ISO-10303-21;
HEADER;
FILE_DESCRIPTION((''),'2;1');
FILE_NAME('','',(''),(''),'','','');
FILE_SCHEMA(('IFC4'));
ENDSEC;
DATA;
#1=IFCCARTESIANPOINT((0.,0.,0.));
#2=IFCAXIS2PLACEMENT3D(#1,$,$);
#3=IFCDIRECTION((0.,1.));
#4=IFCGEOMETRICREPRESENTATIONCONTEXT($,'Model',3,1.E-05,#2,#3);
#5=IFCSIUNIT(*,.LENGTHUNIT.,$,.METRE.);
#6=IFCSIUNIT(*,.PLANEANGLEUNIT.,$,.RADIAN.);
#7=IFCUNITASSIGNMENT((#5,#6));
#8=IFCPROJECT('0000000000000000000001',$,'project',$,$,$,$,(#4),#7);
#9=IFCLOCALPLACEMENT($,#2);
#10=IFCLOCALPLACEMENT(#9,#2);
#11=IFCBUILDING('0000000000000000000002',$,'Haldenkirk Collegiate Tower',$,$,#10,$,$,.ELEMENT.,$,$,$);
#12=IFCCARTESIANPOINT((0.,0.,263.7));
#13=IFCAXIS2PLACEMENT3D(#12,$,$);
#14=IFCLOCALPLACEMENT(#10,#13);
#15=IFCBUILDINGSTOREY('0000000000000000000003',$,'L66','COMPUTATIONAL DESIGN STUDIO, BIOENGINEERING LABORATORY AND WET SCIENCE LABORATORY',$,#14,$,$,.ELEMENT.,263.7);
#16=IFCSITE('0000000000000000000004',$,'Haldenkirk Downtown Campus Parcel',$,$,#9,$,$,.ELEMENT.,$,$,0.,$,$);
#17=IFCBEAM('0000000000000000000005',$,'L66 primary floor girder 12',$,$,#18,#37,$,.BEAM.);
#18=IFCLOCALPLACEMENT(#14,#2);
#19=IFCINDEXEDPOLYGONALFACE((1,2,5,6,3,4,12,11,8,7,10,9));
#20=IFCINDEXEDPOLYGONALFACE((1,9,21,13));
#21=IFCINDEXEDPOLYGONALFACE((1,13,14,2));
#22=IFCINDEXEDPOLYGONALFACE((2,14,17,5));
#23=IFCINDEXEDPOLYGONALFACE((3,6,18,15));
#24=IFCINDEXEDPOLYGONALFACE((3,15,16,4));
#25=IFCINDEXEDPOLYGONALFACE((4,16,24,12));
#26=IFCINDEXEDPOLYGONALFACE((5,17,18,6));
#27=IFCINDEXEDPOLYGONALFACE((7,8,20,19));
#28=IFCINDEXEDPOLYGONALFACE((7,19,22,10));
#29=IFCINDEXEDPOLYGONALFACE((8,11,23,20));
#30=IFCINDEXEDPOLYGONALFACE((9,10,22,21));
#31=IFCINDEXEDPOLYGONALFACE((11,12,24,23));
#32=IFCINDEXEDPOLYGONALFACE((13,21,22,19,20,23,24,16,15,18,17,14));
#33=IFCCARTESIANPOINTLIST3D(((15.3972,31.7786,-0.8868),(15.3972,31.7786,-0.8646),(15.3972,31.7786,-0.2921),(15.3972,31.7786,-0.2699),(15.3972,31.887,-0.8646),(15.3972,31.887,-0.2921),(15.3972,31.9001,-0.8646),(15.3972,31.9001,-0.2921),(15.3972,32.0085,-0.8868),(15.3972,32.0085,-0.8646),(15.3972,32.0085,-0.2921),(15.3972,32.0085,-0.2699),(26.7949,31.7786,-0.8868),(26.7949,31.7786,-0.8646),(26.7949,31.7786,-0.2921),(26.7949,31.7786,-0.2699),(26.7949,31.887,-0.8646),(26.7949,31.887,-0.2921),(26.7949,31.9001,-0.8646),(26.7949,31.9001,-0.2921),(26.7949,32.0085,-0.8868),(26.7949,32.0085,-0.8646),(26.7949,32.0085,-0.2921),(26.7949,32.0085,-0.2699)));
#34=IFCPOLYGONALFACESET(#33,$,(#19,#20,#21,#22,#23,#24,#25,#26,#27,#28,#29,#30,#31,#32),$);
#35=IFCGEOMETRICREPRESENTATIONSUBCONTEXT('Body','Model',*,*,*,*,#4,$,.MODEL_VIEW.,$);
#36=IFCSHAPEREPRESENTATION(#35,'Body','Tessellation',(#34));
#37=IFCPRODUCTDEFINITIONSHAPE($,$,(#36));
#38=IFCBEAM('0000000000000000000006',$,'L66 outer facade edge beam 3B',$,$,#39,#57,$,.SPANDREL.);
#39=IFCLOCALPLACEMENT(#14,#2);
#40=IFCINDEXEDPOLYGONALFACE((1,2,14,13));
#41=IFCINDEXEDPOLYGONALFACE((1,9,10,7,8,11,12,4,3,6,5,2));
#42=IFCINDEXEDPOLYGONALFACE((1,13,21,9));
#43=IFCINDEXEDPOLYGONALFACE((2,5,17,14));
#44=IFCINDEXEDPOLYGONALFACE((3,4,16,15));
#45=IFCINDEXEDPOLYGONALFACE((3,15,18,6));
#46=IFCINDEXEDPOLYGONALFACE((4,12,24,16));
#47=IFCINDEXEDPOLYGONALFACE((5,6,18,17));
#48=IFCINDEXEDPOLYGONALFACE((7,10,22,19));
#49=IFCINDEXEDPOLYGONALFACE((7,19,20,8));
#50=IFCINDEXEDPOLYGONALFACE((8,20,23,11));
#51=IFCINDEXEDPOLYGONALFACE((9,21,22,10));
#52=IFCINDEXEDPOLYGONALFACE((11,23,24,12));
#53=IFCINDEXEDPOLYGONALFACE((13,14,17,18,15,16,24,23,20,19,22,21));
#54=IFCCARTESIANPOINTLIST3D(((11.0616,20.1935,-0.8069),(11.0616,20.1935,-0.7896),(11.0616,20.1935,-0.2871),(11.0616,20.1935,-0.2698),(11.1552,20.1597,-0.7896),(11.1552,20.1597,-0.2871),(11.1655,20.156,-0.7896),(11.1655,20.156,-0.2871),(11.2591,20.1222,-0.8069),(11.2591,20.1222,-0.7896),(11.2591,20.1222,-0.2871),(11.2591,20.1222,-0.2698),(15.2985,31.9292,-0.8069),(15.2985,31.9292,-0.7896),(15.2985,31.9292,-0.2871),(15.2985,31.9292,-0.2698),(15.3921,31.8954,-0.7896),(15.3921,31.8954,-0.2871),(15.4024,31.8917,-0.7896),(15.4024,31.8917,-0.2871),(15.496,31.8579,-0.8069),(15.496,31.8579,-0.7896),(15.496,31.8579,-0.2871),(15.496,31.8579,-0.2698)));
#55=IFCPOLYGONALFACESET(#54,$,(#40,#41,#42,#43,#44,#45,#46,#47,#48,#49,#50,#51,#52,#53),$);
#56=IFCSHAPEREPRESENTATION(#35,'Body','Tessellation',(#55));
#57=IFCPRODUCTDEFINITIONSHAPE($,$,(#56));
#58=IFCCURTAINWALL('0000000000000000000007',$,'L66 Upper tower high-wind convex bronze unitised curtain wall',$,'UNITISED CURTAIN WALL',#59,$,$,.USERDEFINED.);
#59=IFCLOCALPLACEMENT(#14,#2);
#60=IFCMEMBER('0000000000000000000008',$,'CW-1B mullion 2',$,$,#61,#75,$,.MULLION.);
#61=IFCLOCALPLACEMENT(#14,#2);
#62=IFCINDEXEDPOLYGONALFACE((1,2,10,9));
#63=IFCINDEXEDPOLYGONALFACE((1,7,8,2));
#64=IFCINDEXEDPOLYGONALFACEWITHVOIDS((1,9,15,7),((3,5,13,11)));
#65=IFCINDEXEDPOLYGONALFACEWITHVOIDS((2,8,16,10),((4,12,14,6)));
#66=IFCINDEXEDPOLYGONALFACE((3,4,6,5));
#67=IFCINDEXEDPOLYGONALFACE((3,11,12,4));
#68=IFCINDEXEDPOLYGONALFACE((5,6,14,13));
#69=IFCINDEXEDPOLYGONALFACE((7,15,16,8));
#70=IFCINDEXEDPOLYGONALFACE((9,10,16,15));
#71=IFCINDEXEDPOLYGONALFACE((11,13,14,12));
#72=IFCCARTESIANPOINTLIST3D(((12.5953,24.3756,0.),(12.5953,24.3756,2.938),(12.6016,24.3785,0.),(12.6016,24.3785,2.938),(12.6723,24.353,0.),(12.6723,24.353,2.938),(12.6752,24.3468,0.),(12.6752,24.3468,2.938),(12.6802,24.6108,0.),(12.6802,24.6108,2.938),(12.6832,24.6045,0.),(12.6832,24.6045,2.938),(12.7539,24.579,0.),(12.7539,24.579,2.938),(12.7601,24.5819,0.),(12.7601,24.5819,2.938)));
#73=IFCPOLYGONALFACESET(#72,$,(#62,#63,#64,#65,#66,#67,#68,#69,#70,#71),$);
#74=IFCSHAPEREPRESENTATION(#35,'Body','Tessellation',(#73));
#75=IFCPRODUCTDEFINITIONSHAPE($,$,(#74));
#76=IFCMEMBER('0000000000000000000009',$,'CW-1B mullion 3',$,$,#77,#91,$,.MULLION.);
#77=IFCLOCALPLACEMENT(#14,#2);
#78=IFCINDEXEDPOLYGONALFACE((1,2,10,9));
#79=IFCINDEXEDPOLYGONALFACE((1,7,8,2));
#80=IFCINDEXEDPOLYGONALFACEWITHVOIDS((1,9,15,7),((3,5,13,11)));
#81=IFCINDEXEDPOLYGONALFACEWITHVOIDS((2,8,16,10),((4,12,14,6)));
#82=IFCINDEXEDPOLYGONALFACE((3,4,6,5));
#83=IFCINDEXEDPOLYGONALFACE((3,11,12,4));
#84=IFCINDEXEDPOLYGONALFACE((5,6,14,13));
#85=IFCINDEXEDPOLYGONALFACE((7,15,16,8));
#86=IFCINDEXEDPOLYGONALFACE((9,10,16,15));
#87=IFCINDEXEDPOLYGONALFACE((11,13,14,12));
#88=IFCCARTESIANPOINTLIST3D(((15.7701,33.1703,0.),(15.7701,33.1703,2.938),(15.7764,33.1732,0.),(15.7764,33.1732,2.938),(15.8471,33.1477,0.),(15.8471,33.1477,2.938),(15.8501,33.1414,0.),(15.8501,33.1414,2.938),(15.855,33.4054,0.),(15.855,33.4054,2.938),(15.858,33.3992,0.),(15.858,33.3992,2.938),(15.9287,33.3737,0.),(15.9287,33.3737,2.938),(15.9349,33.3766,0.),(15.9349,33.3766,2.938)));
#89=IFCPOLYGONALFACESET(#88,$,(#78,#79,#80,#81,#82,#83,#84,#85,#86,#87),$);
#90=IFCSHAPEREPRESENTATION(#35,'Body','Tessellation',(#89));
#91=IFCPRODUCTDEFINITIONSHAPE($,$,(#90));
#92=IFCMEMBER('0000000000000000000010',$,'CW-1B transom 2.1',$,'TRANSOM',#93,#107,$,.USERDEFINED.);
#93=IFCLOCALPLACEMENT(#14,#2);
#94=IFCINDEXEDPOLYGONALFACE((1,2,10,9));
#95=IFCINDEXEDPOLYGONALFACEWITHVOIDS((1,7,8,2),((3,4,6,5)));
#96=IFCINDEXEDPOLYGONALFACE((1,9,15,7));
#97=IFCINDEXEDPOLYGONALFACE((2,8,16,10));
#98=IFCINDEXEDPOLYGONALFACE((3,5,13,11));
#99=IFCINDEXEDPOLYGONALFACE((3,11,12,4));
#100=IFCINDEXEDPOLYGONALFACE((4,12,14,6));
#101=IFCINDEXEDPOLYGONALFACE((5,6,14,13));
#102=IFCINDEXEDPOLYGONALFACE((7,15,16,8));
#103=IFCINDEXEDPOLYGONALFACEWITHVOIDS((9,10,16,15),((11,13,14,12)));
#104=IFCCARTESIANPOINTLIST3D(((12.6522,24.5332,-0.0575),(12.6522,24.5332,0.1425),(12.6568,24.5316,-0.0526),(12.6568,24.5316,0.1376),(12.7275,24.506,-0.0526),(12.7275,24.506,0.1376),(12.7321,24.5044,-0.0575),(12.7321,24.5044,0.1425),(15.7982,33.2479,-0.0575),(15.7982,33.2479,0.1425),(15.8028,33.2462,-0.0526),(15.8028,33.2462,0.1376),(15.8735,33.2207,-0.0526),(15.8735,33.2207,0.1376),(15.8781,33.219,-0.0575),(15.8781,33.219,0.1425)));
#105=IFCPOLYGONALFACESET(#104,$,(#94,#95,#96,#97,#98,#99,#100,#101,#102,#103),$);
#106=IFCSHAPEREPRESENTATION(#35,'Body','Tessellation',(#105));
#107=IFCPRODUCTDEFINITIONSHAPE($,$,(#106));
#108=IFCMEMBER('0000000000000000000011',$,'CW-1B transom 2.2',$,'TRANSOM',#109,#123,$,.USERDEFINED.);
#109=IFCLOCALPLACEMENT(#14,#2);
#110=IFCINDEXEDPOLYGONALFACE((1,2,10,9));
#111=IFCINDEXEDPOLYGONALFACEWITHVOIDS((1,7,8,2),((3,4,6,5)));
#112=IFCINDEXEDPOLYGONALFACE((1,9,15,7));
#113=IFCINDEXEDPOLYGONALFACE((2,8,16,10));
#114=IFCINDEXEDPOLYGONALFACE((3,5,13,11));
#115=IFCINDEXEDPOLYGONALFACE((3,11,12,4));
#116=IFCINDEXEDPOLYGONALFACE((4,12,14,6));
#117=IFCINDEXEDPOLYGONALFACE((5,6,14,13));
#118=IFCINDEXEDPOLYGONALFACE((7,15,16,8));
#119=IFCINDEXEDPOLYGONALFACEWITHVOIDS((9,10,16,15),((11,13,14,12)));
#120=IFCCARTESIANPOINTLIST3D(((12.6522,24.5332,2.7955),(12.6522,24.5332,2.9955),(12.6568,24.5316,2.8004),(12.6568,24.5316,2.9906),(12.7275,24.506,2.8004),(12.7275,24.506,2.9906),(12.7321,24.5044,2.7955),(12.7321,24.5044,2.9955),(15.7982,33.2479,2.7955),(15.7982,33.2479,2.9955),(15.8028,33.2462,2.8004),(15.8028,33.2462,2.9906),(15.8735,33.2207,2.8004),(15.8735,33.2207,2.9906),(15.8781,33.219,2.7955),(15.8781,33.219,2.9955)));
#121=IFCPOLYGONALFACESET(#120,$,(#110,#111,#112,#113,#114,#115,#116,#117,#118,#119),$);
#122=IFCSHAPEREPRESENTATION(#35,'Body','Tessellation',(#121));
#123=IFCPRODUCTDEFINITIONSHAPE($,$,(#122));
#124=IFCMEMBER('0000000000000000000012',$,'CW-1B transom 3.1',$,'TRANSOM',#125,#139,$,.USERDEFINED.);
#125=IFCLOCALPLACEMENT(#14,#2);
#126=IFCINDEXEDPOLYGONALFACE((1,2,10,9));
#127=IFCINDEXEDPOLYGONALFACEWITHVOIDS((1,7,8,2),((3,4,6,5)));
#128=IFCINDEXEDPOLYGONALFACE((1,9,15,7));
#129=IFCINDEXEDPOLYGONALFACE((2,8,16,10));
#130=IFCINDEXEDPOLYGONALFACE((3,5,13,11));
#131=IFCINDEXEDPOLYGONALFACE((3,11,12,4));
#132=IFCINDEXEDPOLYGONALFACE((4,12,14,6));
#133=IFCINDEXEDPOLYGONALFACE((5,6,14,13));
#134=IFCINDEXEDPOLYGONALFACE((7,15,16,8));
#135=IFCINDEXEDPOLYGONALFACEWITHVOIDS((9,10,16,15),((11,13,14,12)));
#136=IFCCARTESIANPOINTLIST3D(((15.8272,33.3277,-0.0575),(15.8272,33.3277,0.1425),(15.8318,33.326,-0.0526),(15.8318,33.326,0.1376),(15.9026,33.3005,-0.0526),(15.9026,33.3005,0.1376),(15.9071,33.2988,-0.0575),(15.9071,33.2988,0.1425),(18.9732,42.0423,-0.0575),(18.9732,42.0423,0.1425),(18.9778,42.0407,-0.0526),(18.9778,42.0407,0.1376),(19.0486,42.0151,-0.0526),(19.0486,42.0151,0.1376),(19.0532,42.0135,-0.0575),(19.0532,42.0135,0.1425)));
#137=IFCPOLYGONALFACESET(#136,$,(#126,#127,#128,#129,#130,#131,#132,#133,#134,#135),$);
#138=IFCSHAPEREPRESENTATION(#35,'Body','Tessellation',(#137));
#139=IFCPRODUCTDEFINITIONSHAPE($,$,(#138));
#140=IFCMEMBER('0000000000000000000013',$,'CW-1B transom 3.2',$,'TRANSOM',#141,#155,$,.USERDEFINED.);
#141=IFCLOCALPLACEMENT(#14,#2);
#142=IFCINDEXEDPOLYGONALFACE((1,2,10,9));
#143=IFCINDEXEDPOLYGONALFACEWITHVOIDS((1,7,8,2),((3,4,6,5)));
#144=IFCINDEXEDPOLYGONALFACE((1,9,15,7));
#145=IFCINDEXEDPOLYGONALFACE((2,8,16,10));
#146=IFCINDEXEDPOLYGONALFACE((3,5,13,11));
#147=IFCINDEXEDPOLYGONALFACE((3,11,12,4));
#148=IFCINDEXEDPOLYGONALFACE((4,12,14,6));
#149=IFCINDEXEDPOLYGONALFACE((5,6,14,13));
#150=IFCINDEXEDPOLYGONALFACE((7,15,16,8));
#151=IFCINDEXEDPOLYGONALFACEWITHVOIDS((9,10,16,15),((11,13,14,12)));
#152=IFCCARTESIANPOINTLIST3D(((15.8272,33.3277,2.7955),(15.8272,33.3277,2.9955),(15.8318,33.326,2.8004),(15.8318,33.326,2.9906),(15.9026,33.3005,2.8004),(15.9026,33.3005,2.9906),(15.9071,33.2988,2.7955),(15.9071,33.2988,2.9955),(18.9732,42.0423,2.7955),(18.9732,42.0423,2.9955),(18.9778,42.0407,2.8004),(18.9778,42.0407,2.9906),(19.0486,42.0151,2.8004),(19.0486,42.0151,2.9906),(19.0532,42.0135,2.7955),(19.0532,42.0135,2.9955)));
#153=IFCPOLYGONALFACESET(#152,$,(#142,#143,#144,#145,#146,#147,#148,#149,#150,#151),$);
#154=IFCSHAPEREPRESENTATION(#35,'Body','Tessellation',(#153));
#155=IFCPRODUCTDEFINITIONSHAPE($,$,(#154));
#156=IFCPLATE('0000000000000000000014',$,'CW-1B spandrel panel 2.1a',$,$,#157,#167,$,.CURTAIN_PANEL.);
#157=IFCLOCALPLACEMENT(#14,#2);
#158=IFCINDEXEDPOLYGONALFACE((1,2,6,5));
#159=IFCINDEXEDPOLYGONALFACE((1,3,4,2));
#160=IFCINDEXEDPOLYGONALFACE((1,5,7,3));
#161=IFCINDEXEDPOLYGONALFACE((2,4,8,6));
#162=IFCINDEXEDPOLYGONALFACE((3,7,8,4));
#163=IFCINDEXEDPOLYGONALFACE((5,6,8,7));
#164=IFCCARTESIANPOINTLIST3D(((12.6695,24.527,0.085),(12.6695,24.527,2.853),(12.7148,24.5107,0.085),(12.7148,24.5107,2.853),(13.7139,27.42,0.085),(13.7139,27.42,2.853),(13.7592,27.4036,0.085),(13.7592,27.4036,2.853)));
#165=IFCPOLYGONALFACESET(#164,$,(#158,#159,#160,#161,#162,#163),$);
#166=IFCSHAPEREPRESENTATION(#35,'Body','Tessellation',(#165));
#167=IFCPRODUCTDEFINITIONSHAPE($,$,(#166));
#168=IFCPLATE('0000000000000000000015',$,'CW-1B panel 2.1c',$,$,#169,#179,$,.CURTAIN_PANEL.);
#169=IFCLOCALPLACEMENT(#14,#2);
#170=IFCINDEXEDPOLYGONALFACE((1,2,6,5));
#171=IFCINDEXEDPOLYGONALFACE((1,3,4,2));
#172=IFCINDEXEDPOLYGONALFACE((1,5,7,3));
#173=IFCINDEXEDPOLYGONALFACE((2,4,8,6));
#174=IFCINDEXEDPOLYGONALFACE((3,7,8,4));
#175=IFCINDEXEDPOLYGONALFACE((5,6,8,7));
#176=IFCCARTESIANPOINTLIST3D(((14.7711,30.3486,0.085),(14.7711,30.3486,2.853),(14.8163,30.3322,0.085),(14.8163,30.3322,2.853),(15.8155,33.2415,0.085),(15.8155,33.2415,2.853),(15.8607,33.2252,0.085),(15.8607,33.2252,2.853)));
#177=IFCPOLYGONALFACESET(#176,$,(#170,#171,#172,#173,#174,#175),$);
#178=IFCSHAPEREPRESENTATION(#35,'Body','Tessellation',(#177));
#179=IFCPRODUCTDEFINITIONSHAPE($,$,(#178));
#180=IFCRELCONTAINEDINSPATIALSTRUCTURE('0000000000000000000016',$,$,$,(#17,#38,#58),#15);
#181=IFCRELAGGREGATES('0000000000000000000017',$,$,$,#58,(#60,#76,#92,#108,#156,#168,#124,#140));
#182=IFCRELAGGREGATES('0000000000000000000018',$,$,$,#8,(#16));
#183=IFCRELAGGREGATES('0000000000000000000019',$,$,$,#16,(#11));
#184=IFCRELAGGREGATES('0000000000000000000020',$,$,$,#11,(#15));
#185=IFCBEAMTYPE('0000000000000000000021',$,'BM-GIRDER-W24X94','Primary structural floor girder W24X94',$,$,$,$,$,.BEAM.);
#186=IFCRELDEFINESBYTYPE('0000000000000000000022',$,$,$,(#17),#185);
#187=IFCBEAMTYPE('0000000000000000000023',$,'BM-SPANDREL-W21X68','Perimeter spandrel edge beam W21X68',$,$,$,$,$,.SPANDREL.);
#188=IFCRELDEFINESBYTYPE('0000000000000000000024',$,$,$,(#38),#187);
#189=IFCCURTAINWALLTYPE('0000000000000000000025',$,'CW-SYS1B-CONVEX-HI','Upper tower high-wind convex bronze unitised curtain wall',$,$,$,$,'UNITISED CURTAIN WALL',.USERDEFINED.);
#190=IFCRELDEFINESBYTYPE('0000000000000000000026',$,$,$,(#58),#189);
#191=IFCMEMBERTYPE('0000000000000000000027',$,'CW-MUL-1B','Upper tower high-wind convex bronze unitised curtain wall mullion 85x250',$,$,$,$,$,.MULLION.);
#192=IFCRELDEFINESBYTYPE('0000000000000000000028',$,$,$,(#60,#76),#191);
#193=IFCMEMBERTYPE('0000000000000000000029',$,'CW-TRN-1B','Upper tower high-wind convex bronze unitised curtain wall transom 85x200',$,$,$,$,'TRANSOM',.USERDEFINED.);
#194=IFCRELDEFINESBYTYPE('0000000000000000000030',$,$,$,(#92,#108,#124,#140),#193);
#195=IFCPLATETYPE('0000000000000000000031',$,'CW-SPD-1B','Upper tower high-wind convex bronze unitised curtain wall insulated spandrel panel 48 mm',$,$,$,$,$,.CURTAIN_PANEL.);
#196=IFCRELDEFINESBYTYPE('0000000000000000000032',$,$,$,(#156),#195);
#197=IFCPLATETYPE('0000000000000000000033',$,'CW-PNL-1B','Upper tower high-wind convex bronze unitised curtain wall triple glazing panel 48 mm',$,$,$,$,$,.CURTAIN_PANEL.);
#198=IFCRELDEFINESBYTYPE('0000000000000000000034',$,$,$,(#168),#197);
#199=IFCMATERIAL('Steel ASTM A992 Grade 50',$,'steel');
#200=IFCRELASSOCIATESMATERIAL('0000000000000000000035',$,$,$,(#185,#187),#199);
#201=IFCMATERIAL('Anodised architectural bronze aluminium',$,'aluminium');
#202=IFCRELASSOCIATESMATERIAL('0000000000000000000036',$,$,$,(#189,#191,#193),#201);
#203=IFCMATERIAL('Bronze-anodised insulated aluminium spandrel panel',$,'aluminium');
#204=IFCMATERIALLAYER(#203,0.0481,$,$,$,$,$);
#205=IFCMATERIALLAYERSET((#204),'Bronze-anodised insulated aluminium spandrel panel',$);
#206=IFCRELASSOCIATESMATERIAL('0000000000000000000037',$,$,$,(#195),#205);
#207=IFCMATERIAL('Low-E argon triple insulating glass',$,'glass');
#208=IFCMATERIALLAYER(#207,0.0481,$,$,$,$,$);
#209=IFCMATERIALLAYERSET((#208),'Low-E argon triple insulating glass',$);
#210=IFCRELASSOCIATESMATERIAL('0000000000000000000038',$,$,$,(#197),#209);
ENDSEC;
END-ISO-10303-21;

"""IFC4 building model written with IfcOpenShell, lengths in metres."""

from ifc_helpers import new_model, si_unit, direction, frame, origin, origin_2d, place, context, subcontext, project, spatial, rectangle, hollow_rectangle, i_section, extrude, source, transform, mapped, material, layer, layer_set, material_profile, profile_set, type_object, element, aggregate, save


model = new_model("IFC4")

# Units and contexts
model_context = context("Model", 3, precision=1e-05, world=origin(), true_north=direction((0.0, 1.0)))
body_context = subcontext(model_context, "Body", "Model", "MODEL_VIEW")
ifc_project = project(units=[si_unit("LENGTHUNIT", "METRE"), si_unit("PLANEANGLEUNIT", "RADIAN")], contexts=[model_context])

# Site, building, storey
site_placement = place(None, origin())
site = spatial("IfcSite", under=ifc_project, at=site_placement, Name="Haldenkirk Downtown Campus Parcel", CompositionType="ELEMENT", RefElevation=0.0)
building_placement = place(site_placement, origin())
building = spatial("IfcBuilding", under=site, at=building_placement, Name="Haldenkirk Collegiate Tower", CompositionType="ELEMENT")
storey_placement = place(building_placement, frame((0.0, 0.0, 263.7)))
storey = spatial("IfcBuildingStorey", under=building, at=storey_placement, Name="L66", Description="COMPUTATIONAL DESIGN STUDIO, BIOENGINEERING LABORATORY AND WET SCIENCE LABORATORY", CompositionType="ELEMENT", Elevation=263.7)

# Beams
ifc_material_1 = material(Name="Steel ASTM A992 Grade 50", Category="steel")
ifc_material_profile_1 = material_profile(ifc_material_1, i_section(OverallWidth=0.23, OverallDepth=0.6169, WebThickness=0.0132, FlangeThickness=0.0222, at=origin_2d()), Name="W24X94")
ifc_profile_set_1 = profile_set([ifc_material_profile_1], Name="Steel ASTM A992 Grade 50")
beam_type_1 = type_object("IfcBeamType", Name="BM-GIRDER-W24X94", Description="Primary structural floor girder W24X94", PredefinedType="BEAM", material=ifc_profile_set_1)
beam_1_placement = place(storey_placement, frame((15.3972, 31.8936, -0.5784), z_axis=(1.0, 0.0, 0.0), x_axis=(0.0, 1.0, 0.0)))
element("IfcBeam", 1, at=beam_1_placement, inside=storey, type_object=beam_type_1, Name="L66 primary floor girder 12", PredefinedType="BEAM", context=body_context, shape_type="SweptSolid", body=[
    extrude(i_section(OverallWidth=0.23, OverallDepth=0.6169, WebThickness=0.0132, FlangeThickness=0.0222, at=origin_2d()), origin(), (0.0, 0.0, 1.0), 11.3977),
])
ifc_material_profile_2 = material_profile(ifc_material_1, i_section(OverallWidth=0.21, OverallDepth=0.5371, WebThickness=0.011, FlangeThickness=0.0173, at=origin_2d()), Name="W21X68")
ifc_profile_set_2 = profile_set([ifc_material_profile_2], Name="Steel ASTM A992 Grade 50")
beam_type_2 = type_object("IfcBeamType", Name="BM-SPANDREL-W21X68", Description="Perimeter spandrel edge beam W21X68", PredefinedType="SPANDREL", material=ifc_profile_set_2)
beam_2_placement = place(storey_placement, frame((15.3972, 31.8936, -0.5383), z_axis=(-0.339571, -0.94058, 0.0), x_axis=(0.94058, -0.339571, 0.0)))
element("IfcBeam", 2, at=beam_2_placement, inside=storey, type_object=beam_type_2, Name="L66 outer facade edge beam 3B", PredefinedType="SPANDREL", context=body_context, shape_type="SweptSolid", body=[
    extrude(i_section(OverallWidth=0.21, OverallDepth=0.5371, WebThickness=0.011, FlangeThickness=0.0173, at=origin_2d()), origin(), (0.0, 0.0, 1.0), 12.4771),
])

# Curtain wall, members, plates
ifc_material_2 = material(Name="Anodised architectural bronze aluminium", Category="aluminium")
curtain_wall_type = type_object("IfcCurtainWallType", Name="CW-SYS1B-CONVEX-HI", Description="Upper tower high-wind convex bronze unitised curtain wall", ElementType="UNITISED CURTAIN WALL", PredefinedType="USERDEFINED", material=ifc_material_2)
curtain_wall_placement = place(storey_placement, origin())
curtain_wall = element("IfcCurtainWall", 3, at=curtain_wall_placement, inside=storey, type_object=curtain_wall_type, Name="L66 Upper tower high-wind convex bronze unitised curtain wall", ObjectType="UNITISED CURTAIN WALL", PredefinedType="USERDEFINED")
ifc_material_profile_3 = material_profile(ifc_material_2, hollow_rectangle(XDim=0.085, YDim=0.25, WallThickness=0.0049, at=origin_2d()), Name="CW-MUL-1B")
ifc_profile_set_3 = profile_set([ifc_material_profile_3], Name="Anodised architectural bronze aluminium")
member_type_1 = type_object("IfcMemberType", Name="CW-MUL-1B", Description="Upper tower high-wind convex bronze unitised curtain wall mullion 85x250", PredefinedType="MULLION", material=ifc_profile_set_3)
member_1_placement = place(storey_placement, frame((12.6777, 24.4788, 0.0), z_axis=(0.0, 0.0, 1.0), x_axis=(-0.940585, 0.339559, 0.0)))
member_1 = element("IfcMember", 4, at=member_1_placement, type_object=member_type_1, Name="CW-1B mullion 2", PredefinedType="MULLION", context=body_context, shape_type="SweptSolid", body=[
    extrude(hollow_rectangle(XDim=0.085, YDim=0.25, WallThickness=0.0049, at=origin_2d()), origin(), (0.0, 0.0, 1.0), 2.938),
])
member_2_placement = place(storey_placement, frame((15.8525, 33.2734, 0.0), z_axis=(0.0, 0.0, 1.0), x_axis=(-0.940585, 0.339559, 0.0)))
member_2 = element("IfcMember", 5, at=member_2_placement, type_object=member_type_1, Name="CW-1B mullion 3", PredefinedType="MULLION", context=body_context, shape_type="SweptSolid", body=[
    extrude(hollow_rectangle(XDim=0.085, YDim=0.25, WallThickness=0.0049, at=origin_2d()), origin(), (0.0, 0.0, 1.0), 2.938),
])
ifc_material_profile_4 = material_profile(ifc_material_2, hollow_rectangle(XDim=0.085, YDim=0.2, WallThickness=0.0049, at=origin_2d()), Name="CW-TRN-1B")
ifc_profile_set_4 = profile_set([ifc_material_profile_4], Name="Anodised architectural bronze aluminium")
member_type_2 = type_object("IfcMemberType", Name="CW-TRN-1B", Description="Upper tower high-wind convex bronze unitised curtain wall transom 85x200", ElementType="TRANSOM", PredefinedType="USERDEFINED", material=ifc_profile_set_4)
member_3_placement = place(storey_placement, frame((12.6921, 24.5188, 0.0425), z_axis=(0.339554, 0.940586, 0.0), x_axis=(-0.940586, 0.339554, 0.0)))
member_3 = element("IfcMember", 6, at=member_3_placement, type_object=member_type_2, Name="CW-1B transom 2.1", ObjectType="TRANSOM", PredefinedType="USERDEFINED", context=body_context, shape_type="SweptSolid", body=[
    extrude(hollow_rectangle(XDim=0.085, YDim=0.2, WallThickness=0.0049, at=origin_2d()), origin(), (0.0, 0.0, 1.0), 9.2651),
])
member_4_placement = place(storey_placement, frame((12.6921, 24.5188, 2.8955), z_axis=(0.339554, 0.940586, 0.0), x_axis=(-0.940586, 0.339554, 0.0)))
member_4 = element("IfcMember", 7, at=member_4_placement, type_object=member_type_2, Name="CW-1B transom 2.2", ObjectType="TRANSOM", PredefinedType="USERDEFINED", context=body_context, shape_type="SweptSolid", body=[
    extrude(hollow_rectangle(XDim=0.085, YDim=0.2, WallThickness=0.0049, at=origin_2d()), origin(), (0.0, 0.0, 1.0), 9.2651),
])
member_5_placement = place(storey_placement, frame((15.8672, 33.3132, 0.0425), z_axis=(0.339554, 0.940586, 0.0), x_axis=(-0.940586, 0.339554, 0.0)))
member_5 = element("IfcMember", 8, at=member_5_placement, type_object=member_type_2, Name="CW-1B transom 3.1", ObjectType="TRANSOM", PredefinedType="USERDEFINED", context=body_context, shape_type="SweptSolid", body=[
    extrude(hollow_rectangle(XDim=0.085, YDim=0.2, WallThickness=0.0049, at=origin_2d()), origin(), (0.0, 0.0, 1.0), 9.2651),
])
member_6_placement = place(storey_placement, frame((15.8672, 33.3132, 2.8955), z_axis=(0.339554, 0.940586, 0.0), x_axis=(-0.940586, 0.339554, 0.0)))
member_6 = element("IfcMember", 9, at=member_6_placement, type_object=member_type_2, Name="CW-1B transom 3.2", ObjectType="TRANSOM", PredefinedType="USERDEFINED", context=body_context, shape_type="SweptSolid", body=[
    extrude(hollow_rectangle(XDim=0.085, YDim=0.2, WallThickness=0.0049, at=origin_2d()), origin(), (0.0, 0.0, 1.0), 9.2651),
])
ifc_material_3 = material(Name="Bronze-anodised insulated aluminium spandrel panel", Category="aluminium")
ifc_layer_1 = layer(ifc_material_3, 0.0481)
ifc_layer_set_1 = layer_set([ifc_layer_1], Name="Bronze-anodised insulated aluminium spandrel panel")
plate_type_1 = type_object("IfcPlateType", Name="CW-SPD-1B", Description="Upper tower high-wind convex bronze unitised curtain wall insulated spandrel panel 48 mm", PredefinedType="CURTAIN_PANEL", material=ifc_layer_set_1)
shared_shape_1 = source(origin(), body_context, "Body", "SweptSolid", [
    extrude(rectangle(XDim=3.0757, YDim=0.0481, at=origin_2d()), origin(), (0.0, 0.0, 1.0), 2.7681),
])
plate_1_placement = place(storey_placement, frame((13.2144, 25.9653, 0.085), z_axis=(0.0, 0.0, 1.0), x_axis=(0.339559, 0.940585, 0.0)))
plate_1 = element("IfcPlate", 10, at=plate_1_placement, type_object=plate_type_1, Name="CW-1B spandrel panel 2.1a", PredefinedType="CURTAIN_PANEL", context=body_context, shape_type="MappedRepresentation", body=[
    mapped(shared_shape_1, transform((0.0, 0.0, 0.0), x_axis=(1.0, 0.0, 0.0), y_axis=(0.0, 1.0, 0.0), z_axis=(0.0, 0.0, 1.0), scale=1.0)),
])
ifc_material_4 = material(Name="Low-E argon triple insulating glass", Category="glass")
ifc_layer_2 = layer(ifc_material_4, 0.0481)
ifc_layer_set_2 = layer_set([ifc_layer_2], Name="Low-E argon triple insulating glass")
plate_type_2 = type_object("IfcPlateType", Name="CW-PNL-1B", Description="Upper tower high-wind convex bronze unitised curtain wall triple glazing panel 48 mm", PredefinedType="CURTAIN_PANEL", material=ifc_layer_set_2)
plate_2_placement = place(storey_placement, frame((15.3159, 31.7869, 0.085), z_axis=(0.0, 0.0, 1.0), x_axis=(0.339559, 0.940585, 0.0)))
plate_2 = element("IfcPlate", 11, at=plate_2_placement, type_object=plate_type_2, Name="CW-1B panel 2.1c", PredefinedType="CURTAIN_PANEL", context=body_context, shape_type="MappedRepresentation", body=[
    mapped(shared_shape_1, transform((0.0, 0.0, 0.0), x_axis=(1.0, 0.0, 0.0), y_axis=(0.0, 1.0, 0.0), z_axis=(0.0, 0.0, 1.0), scale=1.0)),
])
aggregate(curtain_wall, [member_1, member_2, member_3, member_4, plate_1, plate_2, member_5, member_6])

save(model, "model.ifc")
